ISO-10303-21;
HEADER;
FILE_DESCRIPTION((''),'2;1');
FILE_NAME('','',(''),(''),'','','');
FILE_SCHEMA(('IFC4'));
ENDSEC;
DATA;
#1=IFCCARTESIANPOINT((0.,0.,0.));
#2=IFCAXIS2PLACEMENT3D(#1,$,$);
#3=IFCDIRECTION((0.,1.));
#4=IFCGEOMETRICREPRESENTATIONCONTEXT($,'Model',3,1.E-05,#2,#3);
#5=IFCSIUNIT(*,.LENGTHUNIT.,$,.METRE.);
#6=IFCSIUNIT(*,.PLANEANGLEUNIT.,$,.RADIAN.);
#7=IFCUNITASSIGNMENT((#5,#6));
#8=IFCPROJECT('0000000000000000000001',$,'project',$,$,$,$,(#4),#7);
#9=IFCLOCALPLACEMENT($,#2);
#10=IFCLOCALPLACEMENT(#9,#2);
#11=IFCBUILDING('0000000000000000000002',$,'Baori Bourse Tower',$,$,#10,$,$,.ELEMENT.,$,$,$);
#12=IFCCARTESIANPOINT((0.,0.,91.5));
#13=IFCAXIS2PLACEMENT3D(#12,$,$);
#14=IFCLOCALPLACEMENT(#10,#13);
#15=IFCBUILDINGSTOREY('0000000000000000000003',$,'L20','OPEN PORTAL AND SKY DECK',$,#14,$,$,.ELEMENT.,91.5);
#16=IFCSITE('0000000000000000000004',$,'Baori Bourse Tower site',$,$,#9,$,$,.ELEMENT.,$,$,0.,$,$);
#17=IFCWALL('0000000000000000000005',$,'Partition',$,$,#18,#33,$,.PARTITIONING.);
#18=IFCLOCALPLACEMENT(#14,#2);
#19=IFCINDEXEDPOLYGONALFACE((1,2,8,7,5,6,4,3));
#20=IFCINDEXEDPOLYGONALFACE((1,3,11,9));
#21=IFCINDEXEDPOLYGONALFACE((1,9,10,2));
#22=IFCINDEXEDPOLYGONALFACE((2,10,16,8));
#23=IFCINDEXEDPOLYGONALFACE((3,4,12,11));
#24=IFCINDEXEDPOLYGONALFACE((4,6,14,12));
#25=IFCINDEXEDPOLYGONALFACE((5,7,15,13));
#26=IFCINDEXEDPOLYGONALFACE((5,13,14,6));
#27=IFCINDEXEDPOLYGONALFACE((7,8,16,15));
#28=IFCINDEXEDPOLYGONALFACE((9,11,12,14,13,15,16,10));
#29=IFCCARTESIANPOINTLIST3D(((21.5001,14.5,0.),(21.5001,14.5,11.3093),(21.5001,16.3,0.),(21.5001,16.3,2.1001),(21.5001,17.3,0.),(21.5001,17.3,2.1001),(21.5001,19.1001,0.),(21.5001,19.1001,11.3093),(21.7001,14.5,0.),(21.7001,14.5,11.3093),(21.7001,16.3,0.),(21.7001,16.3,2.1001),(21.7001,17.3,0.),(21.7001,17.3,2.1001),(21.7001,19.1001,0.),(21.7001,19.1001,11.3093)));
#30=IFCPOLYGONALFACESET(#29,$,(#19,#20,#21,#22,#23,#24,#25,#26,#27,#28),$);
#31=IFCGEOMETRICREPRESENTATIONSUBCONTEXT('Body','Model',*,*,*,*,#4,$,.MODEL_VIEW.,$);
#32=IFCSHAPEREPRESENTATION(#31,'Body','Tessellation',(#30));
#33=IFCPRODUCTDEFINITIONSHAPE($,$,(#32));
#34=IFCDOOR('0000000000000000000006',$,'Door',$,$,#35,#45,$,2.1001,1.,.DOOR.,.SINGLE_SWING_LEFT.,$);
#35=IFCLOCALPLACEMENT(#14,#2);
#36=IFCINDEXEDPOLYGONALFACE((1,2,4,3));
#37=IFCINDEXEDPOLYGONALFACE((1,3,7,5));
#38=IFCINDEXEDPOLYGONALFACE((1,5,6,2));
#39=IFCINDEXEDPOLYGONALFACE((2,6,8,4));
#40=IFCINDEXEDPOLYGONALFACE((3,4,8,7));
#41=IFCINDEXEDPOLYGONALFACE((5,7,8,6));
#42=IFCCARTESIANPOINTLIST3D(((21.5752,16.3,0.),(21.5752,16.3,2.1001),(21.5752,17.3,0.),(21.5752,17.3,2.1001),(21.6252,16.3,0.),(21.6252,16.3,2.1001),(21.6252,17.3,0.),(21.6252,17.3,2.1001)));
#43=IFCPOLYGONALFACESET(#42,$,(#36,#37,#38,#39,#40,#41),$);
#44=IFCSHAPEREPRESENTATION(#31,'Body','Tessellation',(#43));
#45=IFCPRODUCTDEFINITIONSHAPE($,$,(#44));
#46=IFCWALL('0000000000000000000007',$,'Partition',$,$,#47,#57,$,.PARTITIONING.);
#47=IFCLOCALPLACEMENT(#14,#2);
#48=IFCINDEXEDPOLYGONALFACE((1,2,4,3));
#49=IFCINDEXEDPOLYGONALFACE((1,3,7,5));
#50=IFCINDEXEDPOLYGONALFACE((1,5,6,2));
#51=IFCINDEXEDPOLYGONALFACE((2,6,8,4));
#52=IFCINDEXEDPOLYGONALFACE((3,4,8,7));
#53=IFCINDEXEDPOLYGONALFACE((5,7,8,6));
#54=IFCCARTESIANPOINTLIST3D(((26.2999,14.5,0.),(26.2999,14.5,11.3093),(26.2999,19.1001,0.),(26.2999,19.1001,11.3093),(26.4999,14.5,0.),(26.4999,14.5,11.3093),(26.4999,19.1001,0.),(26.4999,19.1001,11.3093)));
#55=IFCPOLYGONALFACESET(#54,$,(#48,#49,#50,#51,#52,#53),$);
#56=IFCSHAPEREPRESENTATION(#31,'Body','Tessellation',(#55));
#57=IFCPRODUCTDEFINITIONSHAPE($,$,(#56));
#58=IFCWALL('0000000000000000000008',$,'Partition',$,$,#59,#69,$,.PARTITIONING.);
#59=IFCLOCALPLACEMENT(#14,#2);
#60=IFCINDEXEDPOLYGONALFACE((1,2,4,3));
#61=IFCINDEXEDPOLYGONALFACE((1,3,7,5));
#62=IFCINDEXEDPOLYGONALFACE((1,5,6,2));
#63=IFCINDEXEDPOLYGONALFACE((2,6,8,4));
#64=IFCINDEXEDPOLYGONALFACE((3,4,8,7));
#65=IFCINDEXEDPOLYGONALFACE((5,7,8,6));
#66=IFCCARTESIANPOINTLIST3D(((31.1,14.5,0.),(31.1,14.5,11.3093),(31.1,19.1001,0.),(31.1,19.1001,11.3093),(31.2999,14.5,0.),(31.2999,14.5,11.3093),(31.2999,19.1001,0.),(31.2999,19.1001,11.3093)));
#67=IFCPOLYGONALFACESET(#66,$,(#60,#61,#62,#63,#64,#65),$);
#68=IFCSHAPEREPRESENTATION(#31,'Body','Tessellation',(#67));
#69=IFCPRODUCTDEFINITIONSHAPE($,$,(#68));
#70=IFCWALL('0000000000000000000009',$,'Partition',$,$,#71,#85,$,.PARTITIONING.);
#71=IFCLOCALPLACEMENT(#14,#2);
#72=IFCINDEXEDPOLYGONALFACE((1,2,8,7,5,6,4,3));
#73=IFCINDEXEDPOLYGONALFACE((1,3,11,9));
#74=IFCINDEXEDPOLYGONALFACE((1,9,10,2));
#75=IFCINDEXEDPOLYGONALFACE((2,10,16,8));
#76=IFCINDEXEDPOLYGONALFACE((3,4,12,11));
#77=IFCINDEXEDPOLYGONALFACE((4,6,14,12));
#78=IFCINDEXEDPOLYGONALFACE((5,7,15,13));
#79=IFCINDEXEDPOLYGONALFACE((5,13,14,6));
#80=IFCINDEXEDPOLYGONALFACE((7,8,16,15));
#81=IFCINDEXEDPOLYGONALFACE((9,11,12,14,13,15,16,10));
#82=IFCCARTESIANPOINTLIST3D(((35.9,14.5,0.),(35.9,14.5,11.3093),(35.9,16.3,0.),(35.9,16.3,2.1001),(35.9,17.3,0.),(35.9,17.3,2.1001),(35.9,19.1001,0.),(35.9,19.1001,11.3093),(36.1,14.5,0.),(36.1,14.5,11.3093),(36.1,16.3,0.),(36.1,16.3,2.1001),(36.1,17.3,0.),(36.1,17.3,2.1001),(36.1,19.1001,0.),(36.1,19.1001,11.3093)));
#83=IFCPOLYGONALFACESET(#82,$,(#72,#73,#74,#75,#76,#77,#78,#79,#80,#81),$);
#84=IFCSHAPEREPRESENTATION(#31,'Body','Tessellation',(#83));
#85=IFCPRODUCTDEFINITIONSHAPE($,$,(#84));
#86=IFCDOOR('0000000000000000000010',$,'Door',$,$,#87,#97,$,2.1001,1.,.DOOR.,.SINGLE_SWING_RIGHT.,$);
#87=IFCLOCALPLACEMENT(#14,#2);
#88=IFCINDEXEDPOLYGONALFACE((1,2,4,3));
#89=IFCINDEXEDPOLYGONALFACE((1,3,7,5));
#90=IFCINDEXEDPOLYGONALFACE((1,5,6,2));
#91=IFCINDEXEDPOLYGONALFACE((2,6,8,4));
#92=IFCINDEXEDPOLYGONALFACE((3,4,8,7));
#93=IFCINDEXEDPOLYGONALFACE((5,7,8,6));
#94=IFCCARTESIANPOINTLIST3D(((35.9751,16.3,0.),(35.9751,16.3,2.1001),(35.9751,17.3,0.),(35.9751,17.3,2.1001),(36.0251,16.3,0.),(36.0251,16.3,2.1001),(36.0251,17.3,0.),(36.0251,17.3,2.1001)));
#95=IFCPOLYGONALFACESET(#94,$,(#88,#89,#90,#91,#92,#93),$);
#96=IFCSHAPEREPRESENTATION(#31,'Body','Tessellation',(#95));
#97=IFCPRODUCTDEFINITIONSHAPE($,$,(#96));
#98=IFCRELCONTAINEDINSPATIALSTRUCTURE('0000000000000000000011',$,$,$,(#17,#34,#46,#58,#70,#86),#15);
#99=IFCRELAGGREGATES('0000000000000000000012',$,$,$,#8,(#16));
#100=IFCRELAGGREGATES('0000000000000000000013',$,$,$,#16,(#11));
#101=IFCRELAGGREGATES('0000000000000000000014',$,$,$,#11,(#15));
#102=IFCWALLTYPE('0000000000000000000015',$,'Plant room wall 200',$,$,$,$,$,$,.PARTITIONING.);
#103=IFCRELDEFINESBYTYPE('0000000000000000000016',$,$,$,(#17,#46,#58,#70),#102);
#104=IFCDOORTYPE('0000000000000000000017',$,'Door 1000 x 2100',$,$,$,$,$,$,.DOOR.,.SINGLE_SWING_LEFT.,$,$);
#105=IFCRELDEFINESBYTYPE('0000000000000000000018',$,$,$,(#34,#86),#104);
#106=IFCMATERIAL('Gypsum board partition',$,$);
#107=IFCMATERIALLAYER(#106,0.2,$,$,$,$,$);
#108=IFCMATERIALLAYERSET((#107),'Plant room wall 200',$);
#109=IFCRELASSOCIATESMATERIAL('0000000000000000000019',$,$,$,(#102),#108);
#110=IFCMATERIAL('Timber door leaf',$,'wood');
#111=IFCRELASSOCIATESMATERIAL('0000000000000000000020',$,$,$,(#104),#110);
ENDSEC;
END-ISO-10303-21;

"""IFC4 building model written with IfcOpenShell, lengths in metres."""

from ifc_helpers import new_model, si_unit, direction, frame, frame_2d, origin, place, context, subcontext, project, spatial, rectangle, extrude, material, layer, layer_set, type_object, element, fill, save


model = new_model("IFC4")

# Units and contexts
model_context = context("Model", 3, precision=1e-05, world=origin(), true_north=direction((0.0, 1.0)))
body_context = subcontext(model_context, "Body", "Model", "MODEL_VIEW")
ifc_project = project(units=[si_unit("LENGTHUNIT", "METRE"), si_unit("PLANEANGLEUNIT", "RADIAN")], contexts=[model_context])

# Site, building, storey
site_placement = place(None, origin())
site = spatial("IfcSite", under=ifc_project, at=site_placement, Name="Baori Bourse Tower site", CompositionType="ELEMENT", RefElevation=0.0)
building_placement = place(site_placement, origin())
building = spatial("IfcBuilding", under=site, at=building_placement, Name="Baori Bourse Tower", CompositionType="ELEMENT")
storey_placement = place(building_placement, frame((0.0, 0.0, 91.5)))
storey = spatial("IfcBuildingStorey", under=building, at=storey_placement, Name="L20", Description="OPEN PORTAL AND SKY DECK", CompositionType="ELEMENT", Elevation=91.5)

# Shared definitions
ifc_material_1 = material(Name="Gypsum board partition")
ifc_layer_1 = layer(ifc_material_1, 0.2)
ifc_layer_set_1 = layer_set([ifc_layer_1], Name="Plant room wall 200")
wall_type_1 = type_object("IfcWallType", Name="Plant room wall 200", PredefinedType="PARTITIONING", material=ifc_layer_set_1)

# Wall, opening, door
wall_1_placement = place(storey_placement, frame((21.6001, 14.5, 0.0), z_axis=(0.0, 0.0, 1.0), x_axis=(0.0, 1.0, 0.0)))
wall_1 = element("IfcWall", 1, at=wall_1_placement, inside=storey, type_object=wall_type_1, Name="Partition", PredefinedType="PARTITIONING", context=body_context, shape_type="SweptSolid", body=[
    extrude(rectangle(XDim=4.6001, YDim=0.2, at=frame_2d((2.3, 0.0))), origin(), (0.0, 0.0, 1.0), 11.3093),
])
opening_1_placement = place(wall_1_placement, frame((1.8, 0.0, 0.0)))
opening_1 = element("IfcOpeningElement", 2, at=opening_1_placement, cuts=wall_1, PredefinedType="OPENING", context=body_context, shape_type="SweptSolid", body=[
    extrude(rectangle(XDim=1.0, YDim=2.1001, at=frame_2d((0.5, 1.05))), frame((0.0, 0.1099, 0.0), z_axis=(0.0, -1.0, 0.0), x_axis=(1.0, 0.0, 0.0)), (0.0, 0.0, 1.0), 0.22),
])
ifc_material_2 = material(Name="Timber door leaf", Category="wood")
door_type_1 = type_object("IfcDoorType", Name="Door 1000 x 2100", OperationType="SINGLE_SWING_LEFT", PredefinedType="DOOR", material=ifc_material_2)
door_1_placement = place(opening_1_placement, origin())
door_1 = element("IfcDoor", 3, at=door_1_placement, inside=storey, type_object=door_type_1, Name="Door", OperationType="SINGLE_SWING_LEFT", OverallHeight=2.1001, OverallWidth=1.0, PredefinedType="DOOR", context=body_context, shape_type="SweptSolid", body=[
    extrude(rectangle(XDim=1.0, YDim=2.1001, at=frame_2d((0.5, 1.05))), frame((0.0, 0.0249, 0.0), z_axis=(0.0, -1.0, 0.0), x_axis=(1.0, 0.0, 0.0)), (0.0, 0.0, 1.0), 0.05),
])
fill(opening_1, door_1)

# Walls
for number, where, z_axis, x_axis, name in (
    (4, (26.3999, 14.5, 0.0), (0.0, 0.0, 1.0), (0.0, 1.0, 0.0), "Partition"),
    (5, (31.2, 14.5, 0.0), (0.0, 0.0, 1.0), (0.0, 1.0, 0.0), "Partition"),
):
    element("IfcWall", number, at=place(storey_placement, frame(where, z_axis=z_axis, x_axis=x_axis)), inside=storey, type_object=wall_type_1, Name=name, PredefinedType="PARTITIONING", context=body_context, shape_type="SweptSolid", body=[
        extrude(rectangle(XDim=4.6001, YDim=0.2, at=frame_2d((2.3, 0.0))), origin(), (0.0, 0.0, 1.0), 11.3093),
    ])

# Wall, opening, door
wall_2_placement = place(storey_placement, frame((36.0, 14.5, 0.0), z_axis=(0.0, 0.0, 1.0), x_axis=(0.0, 1.0, 0.0)))
wall_2 = element("IfcWall", 6, at=wall_2_placement, inside=storey, type_object=wall_type_1, Name="Partition", PredefinedType="PARTITIONING", context=body_context, shape_type="SweptSolid", body=[
    extrude(rectangle(XDim=4.6001, YDim=0.2, at=frame_2d((2.3, 0.0))), origin(), (0.0, 0.0, 1.0), 11.3093),
])
opening_2_placement = place(wall_2_placement, frame((1.8, 0.0, 0.0)))
opening_2 = element("IfcOpeningElement", 7, at=opening_2_placement, cuts=wall_2, PredefinedType="OPENING", context=body_context, shape_type="SweptSolid", body=[
    extrude(rectangle(XDim=1.0, YDim=2.1001, at=frame_2d((0.5, 1.05))), frame((0.0, 0.1099, 0.0), z_axis=(0.0, -1.0, 0.0), x_axis=(1.0, 0.0, 0.0)), (0.0, 0.0, 1.0), 0.22),
])
door_2_placement = place(opening_2_placement, origin())
door_2 = element("IfcDoor", 8, at=door_2_placement, inside=storey, type_object=door_type_1, Name="Door", OperationType="SINGLE_SWING_RIGHT", OverallHeight=2.1001, OverallWidth=1.0, PredefinedType="DOOR", context=body_context, shape_type="SweptSolid", body=[
    extrude(rectangle(XDim=1.0, YDim=2.1001, at=frame_2d((0.5, 1.05))), frame((0.0, 0.0249, 0.0), z_axis=(0.0, -1.0, 0.0), x_axis=(1.0, 0.0, 0.0)), (0.0, 0.0, 1.0), 0.05),
])
fill(opening_2, door_2)

save(model, "model.ifc")
